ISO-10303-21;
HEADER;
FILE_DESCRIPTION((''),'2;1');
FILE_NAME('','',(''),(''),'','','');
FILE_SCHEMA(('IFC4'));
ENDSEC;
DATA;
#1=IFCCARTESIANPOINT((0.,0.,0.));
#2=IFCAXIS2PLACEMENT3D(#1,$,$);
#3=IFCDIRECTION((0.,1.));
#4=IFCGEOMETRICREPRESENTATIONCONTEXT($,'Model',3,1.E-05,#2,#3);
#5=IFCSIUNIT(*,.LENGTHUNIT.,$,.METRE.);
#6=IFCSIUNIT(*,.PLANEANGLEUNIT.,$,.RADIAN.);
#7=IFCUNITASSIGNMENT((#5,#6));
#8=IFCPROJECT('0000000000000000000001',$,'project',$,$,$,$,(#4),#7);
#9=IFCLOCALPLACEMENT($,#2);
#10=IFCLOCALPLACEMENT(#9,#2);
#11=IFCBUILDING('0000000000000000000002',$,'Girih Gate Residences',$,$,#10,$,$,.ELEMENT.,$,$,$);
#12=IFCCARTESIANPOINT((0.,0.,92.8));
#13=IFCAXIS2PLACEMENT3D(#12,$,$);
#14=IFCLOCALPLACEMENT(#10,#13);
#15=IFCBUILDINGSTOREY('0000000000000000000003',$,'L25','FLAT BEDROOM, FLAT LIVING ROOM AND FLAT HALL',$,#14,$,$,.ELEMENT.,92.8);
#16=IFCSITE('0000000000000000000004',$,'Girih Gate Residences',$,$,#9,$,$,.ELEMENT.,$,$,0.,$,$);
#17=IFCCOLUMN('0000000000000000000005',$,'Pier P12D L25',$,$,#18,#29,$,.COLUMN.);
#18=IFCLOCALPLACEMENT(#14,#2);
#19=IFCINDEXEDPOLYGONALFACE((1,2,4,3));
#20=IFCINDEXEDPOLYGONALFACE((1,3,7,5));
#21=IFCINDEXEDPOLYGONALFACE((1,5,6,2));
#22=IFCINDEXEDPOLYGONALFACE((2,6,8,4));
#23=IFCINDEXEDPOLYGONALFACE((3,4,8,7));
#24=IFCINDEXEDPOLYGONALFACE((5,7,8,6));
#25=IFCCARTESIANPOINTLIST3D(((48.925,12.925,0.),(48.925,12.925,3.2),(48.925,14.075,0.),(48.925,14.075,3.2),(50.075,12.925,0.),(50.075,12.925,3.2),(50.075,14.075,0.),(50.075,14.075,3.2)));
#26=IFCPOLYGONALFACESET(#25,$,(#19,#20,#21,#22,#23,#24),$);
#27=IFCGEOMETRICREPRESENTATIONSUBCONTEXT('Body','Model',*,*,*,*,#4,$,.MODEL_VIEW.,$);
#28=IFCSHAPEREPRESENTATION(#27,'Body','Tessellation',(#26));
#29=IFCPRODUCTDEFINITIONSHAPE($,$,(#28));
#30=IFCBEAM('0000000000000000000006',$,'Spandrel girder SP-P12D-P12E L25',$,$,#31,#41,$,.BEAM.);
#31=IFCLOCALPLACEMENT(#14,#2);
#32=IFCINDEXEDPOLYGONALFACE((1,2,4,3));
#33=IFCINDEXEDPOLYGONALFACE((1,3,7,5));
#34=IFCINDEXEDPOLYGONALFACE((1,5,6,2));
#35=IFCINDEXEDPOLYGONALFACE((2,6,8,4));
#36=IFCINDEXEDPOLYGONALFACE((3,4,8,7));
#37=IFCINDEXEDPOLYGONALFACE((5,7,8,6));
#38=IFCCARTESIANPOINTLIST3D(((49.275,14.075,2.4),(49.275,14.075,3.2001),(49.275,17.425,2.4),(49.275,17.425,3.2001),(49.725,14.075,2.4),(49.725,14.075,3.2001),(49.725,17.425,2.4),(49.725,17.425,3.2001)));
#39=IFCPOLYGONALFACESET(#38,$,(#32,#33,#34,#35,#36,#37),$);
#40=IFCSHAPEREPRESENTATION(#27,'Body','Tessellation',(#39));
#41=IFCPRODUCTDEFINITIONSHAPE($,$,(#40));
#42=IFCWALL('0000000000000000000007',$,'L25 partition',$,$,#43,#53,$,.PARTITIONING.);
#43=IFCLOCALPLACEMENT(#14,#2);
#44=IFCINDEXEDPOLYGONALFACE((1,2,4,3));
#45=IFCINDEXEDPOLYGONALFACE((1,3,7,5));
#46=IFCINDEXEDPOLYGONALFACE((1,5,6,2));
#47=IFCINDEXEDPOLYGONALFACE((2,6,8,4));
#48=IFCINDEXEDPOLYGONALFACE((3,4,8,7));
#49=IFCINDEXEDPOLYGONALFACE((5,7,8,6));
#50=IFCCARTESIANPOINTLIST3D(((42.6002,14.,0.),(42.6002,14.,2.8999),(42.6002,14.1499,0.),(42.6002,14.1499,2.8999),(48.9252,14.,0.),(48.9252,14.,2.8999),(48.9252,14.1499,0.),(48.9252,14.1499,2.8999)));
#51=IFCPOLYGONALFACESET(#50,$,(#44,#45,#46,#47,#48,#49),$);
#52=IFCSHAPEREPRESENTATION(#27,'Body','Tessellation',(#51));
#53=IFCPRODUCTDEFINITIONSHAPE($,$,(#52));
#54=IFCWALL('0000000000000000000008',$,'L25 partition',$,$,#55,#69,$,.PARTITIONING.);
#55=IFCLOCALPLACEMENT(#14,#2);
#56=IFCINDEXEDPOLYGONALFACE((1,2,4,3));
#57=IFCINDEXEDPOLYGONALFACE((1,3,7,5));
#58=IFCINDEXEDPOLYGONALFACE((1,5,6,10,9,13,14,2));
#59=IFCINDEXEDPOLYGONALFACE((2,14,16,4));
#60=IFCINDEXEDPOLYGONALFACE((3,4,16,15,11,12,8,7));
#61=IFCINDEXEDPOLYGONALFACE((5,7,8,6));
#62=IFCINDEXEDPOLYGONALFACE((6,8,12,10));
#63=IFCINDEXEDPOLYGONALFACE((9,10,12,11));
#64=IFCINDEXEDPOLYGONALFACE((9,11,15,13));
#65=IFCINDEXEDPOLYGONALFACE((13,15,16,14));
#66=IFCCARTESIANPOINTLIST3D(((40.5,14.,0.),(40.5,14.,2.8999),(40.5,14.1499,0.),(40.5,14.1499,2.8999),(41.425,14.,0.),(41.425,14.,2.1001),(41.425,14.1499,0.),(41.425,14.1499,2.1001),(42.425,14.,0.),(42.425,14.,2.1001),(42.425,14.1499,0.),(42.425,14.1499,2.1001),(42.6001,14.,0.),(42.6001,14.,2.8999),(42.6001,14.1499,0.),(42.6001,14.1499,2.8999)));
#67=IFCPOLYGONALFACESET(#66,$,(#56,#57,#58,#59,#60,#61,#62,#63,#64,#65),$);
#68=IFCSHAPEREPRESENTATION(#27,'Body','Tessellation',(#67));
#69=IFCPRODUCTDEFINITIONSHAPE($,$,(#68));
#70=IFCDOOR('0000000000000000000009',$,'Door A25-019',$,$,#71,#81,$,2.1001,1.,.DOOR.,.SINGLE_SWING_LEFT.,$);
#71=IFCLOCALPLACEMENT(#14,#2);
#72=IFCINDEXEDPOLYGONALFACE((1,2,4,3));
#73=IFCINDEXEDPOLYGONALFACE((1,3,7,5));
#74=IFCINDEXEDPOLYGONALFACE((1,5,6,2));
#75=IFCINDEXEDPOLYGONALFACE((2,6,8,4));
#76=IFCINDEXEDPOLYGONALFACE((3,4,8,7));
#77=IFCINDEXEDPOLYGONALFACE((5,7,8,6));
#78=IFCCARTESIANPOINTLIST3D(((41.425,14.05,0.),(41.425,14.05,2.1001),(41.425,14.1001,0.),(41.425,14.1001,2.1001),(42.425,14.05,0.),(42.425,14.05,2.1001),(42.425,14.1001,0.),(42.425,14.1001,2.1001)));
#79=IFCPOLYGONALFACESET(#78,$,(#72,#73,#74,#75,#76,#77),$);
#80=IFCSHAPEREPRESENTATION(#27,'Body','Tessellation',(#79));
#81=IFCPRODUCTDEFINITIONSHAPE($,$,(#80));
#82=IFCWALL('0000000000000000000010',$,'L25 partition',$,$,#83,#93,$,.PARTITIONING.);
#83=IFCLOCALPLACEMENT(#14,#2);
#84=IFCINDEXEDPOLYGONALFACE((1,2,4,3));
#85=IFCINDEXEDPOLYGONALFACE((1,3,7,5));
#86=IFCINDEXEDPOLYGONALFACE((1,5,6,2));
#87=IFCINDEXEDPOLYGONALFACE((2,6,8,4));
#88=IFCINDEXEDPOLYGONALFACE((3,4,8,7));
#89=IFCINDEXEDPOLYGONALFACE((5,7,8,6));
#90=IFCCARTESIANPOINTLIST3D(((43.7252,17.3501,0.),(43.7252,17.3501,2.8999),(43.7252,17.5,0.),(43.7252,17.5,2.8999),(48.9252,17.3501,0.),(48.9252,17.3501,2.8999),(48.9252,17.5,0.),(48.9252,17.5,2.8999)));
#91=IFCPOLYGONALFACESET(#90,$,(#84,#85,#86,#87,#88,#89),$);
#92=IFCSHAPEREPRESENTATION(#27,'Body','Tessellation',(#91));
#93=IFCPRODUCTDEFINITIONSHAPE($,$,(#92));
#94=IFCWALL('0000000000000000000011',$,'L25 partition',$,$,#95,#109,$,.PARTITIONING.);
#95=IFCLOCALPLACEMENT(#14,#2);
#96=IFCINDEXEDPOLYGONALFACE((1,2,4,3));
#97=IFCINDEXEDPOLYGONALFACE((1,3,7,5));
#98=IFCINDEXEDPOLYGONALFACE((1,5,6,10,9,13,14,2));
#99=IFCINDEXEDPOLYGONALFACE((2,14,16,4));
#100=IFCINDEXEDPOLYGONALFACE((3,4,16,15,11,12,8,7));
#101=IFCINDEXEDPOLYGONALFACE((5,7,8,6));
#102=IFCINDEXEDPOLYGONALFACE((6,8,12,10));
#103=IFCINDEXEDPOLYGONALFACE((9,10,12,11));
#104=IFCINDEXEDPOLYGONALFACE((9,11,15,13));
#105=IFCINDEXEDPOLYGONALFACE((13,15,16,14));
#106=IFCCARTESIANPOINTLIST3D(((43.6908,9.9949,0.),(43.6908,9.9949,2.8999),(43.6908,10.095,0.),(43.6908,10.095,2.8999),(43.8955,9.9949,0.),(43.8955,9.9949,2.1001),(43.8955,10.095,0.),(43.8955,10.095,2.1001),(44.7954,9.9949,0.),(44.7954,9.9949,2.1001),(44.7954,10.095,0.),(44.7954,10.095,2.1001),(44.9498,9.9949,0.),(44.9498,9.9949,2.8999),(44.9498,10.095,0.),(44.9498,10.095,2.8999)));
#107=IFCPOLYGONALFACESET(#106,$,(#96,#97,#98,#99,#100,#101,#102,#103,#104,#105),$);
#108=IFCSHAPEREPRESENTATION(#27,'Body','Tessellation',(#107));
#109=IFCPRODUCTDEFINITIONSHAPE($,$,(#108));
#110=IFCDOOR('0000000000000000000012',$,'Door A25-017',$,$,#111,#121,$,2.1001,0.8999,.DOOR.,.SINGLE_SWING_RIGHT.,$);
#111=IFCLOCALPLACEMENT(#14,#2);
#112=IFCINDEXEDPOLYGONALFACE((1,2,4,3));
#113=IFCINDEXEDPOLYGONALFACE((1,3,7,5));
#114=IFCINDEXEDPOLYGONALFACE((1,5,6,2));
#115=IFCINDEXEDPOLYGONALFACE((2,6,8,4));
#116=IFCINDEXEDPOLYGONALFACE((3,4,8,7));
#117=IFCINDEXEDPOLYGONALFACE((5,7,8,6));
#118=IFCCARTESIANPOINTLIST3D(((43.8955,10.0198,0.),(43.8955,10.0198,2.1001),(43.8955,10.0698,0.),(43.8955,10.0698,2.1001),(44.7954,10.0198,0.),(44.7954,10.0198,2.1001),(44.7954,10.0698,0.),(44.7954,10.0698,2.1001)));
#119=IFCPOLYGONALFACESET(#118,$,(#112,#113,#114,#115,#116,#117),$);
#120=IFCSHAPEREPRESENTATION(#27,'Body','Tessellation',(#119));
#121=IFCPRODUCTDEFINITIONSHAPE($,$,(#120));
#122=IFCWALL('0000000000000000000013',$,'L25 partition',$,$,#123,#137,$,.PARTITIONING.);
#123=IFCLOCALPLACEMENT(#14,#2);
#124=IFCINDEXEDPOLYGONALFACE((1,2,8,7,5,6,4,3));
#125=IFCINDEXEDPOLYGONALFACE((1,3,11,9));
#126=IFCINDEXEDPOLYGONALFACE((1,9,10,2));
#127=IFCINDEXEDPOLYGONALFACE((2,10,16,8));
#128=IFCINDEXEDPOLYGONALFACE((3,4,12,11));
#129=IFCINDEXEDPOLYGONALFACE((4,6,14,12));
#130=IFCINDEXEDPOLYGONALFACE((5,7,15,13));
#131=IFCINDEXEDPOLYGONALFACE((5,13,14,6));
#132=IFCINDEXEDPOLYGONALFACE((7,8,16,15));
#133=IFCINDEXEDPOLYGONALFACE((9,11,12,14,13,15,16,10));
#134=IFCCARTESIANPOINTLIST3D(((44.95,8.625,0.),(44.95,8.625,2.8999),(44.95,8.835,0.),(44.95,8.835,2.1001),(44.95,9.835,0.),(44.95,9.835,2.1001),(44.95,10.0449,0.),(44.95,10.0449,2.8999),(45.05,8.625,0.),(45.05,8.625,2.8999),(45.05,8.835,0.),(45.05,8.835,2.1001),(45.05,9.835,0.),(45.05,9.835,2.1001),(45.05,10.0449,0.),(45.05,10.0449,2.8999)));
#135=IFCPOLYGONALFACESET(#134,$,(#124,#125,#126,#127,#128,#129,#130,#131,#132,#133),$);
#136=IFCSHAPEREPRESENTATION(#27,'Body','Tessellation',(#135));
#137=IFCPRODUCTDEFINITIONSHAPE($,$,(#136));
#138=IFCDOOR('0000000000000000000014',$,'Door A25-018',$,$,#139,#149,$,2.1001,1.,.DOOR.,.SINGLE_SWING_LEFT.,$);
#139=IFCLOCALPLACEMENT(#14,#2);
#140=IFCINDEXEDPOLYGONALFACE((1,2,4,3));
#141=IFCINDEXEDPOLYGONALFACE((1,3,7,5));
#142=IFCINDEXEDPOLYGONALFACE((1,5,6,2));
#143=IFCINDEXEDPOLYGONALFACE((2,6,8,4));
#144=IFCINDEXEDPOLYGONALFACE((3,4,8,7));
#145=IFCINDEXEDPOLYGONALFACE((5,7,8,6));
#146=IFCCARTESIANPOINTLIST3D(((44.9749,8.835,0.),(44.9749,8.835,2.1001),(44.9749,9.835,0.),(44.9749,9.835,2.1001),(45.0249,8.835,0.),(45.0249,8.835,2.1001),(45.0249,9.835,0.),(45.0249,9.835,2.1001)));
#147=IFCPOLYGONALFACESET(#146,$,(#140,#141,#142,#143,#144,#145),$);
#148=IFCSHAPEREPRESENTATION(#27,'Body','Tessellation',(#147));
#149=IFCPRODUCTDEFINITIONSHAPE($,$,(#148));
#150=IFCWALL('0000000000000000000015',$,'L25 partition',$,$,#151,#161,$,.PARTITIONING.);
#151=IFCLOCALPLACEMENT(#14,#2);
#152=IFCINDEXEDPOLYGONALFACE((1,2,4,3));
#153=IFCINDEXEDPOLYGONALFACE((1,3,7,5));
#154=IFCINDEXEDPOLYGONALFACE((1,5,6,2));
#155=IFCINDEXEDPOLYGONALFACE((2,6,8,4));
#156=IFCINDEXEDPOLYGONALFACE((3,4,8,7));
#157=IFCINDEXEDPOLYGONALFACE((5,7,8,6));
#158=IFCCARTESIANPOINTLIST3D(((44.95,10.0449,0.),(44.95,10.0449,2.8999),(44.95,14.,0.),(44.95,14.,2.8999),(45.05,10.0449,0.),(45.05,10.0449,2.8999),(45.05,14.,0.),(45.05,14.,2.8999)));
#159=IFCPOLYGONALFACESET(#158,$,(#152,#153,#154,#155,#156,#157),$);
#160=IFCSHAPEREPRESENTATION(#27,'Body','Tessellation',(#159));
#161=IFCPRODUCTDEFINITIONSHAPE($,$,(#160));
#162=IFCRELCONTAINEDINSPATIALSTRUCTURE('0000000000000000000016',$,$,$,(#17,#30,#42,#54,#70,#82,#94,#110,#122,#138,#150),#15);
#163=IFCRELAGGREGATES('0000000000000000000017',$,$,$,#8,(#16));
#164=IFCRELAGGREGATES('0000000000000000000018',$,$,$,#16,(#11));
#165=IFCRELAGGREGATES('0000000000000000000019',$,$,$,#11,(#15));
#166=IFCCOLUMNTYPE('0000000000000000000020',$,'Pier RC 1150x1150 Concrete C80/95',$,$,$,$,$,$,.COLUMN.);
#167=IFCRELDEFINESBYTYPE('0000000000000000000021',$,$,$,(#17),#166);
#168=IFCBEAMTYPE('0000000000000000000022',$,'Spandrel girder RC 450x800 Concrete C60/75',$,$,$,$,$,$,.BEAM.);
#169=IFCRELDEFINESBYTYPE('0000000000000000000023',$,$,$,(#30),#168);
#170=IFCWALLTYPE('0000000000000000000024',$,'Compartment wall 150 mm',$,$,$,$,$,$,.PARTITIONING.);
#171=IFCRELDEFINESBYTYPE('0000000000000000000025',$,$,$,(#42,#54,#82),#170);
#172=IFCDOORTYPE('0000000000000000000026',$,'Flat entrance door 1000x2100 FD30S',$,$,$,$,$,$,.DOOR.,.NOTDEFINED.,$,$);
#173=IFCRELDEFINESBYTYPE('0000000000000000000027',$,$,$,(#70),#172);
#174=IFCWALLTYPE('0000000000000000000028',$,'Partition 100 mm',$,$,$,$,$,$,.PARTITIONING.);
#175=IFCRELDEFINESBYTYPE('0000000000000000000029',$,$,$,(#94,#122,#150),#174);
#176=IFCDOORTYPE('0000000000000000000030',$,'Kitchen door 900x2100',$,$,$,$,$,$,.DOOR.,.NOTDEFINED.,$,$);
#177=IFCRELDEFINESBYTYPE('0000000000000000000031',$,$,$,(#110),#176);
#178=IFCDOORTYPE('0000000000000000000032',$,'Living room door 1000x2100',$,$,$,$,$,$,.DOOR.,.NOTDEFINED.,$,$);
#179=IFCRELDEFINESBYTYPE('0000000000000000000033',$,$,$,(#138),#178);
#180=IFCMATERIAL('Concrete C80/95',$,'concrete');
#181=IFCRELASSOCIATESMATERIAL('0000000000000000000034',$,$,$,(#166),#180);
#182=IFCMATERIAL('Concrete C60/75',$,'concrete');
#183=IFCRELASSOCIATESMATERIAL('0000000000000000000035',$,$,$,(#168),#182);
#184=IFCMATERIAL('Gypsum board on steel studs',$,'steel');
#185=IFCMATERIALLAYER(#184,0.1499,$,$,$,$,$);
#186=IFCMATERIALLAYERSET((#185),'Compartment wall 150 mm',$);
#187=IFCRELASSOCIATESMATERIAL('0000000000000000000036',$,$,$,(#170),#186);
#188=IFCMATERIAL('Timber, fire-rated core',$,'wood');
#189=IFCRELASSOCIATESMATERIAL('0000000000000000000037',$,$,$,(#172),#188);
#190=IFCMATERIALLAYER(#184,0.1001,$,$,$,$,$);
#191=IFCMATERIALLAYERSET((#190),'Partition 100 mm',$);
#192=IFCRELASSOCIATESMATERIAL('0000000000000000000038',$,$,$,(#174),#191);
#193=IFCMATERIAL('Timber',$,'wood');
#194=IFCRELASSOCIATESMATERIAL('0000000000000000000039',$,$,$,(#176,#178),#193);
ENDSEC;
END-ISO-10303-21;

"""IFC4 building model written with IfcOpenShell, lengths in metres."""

from ifc_helpers import new_model, si_unit, direction, frame, frame_2d, origin, origin_2d, place, context, subcontext, project, spatial, rectangle, extrude, material, layer, layer_set, material_profile, profile_set, type_object, element, fill, save


model = new_model("IFC4")

# Units and contexts
model_context = context("Model", 3, precision=1e-05, world=origin(), true_north=direction((0.0, 1.0)))
body_context = subcontext(model_context, "Body", "Model", "MODEL_VIEW")
ifc_project = project(units=[si_unit("LENGTHUNIT", "METRE"), si_unit("PLANEANGLEUNIT", "RADIAN")], contexts=[model_context])

# Site, building, storey
site_placement = place(None, origin())
site = spatial("IfcSite", under=ifc_project, at=site_placement, Name="Girih Gate Residences", CompositionType="ELEMENT", RefElevation=0.0)
building_placement = place(site_placement, origin())
building = spatial("IfcBuilding", under=site, at=building_placement, Name="Girih Gate Residences", CompositionType="ELEMENT")
storey_placement = place(building_placement, frame((0.0, 0.0, 92.8)))
storey = spatial("IfcBuildingStorey", under=building, at=storey_placement, Name="L25", Description="FLAT BEDROOM, FLAT LIVING ROOM AND FLAT HALL", CompositionType="ELEMENT", Elevation=92.8)

# Column
ifc_material_1 = material(Name="Concrete C80/95", Category="concrete")
ifc_material_profile_1 = material_profile(ifc_material_1, rectangle(XDim=1.1499, YDim=1.1499, at=origin_2d()))
ifc_profile_set_1 = profile_set([ifc_material_profile_1], Name="Concrete C80/95")
column_type = type_object("IfcColumnType", Name="Pier RC 1150x1150 Concrete C80/95", PredefinedType="COLUMN", material=ifc_profile_set_1)
column_placement = place(storey_placement, frame((49.5, 13.5, 0.0), z_axis=(0.0, 0.0, 1.0), x_axis=(1.0, 0.0, 0.0)))
element("IfcColumn", 1, at=column_placement, inside=storey, type_object=column_type, Name="Pier P12D L25", PredefinedType="COLUMN", context=body_context, shape_type="SweptSolid", body=[
    extrude(rectangle(XDim=1.1499, YDim=1.1499, at=origin_2d()), origin(), (0.0, 0.0, 1.0), 3.2),
])

# Beam
ifc_material_2 = material(Name="Concrete C60/75", Category="concrete")
ifc_material_profile_2 = material_profile(ifc_material_2, rectangle(XDim=0.45, YDim=0.8, at=origin_2d()))
ifc_profile_set_2 = profile_set([ifc_material_profile_2], Name="Concrete C60/75")
beam_type = type_object("IfcBeamType", Name="Spandrel girder RC 450x800 Concrete C60/75", PredefinedType="BEAM", material=ifc_profile_set_2)
beam_placement = place(storey_placement, frame((49.5, 14.075, 2.8), z_axis=(0.0, 1.0, 0.0), x_axis=(-1.0, 0.0, 0.0)))
element("IfcBeam", 2, at=beam_placement, inside=storey, type_object=beam_type, Name="Spandrel girder SP-P12D-P12E L25", PredefinedType="BEAM", context=body_context, shape_type="SweptSolid", body=[
    extrude(rectangle(XDim=0.45, YDim=0.8, at=origin_2d()), origin(), (0.0, 0.0, 1.0), 3.3501),
])

# Wall
ifc_material_3 = material(Name="Gypsum board on steel studs", Category="steel")
ifc_layer_1 = layer(ifc_material_3, 0.1499)
ifc_layer_set_1 = layer_set([ifc_layer_1], Name="Compartment wall 150 mm")
wall_type_1 = type_object("IfcWallType", Name="Compartment wall 150 mm", PredefinedType="PARTITIONING", material=ifc_layer_set_1)
wall_1_placement = place(storey_placement, frame((42.6001, 14.075, 0.0), z_axis=(0.0, 0.0, 1.0), x_axis=(1.0, 0.0, 0.0)))
element("IfcWall", 3, at=wall_1_placement, inside=storey, type_object=wall_type_1, Name="L25 partition", PredefinedType="PARTITIONING", context=body_context, shape_type="SweptSolid", body=[
    extrude(rectangle(XDim=6.325, YDim=0.1499, at=frame_2d((3.1626, 0.0))), origin(), (0.0, 0.0, 1.0), 2.8999),
])

# Wall, opening, door
wall_2_placement = place(storey_placement, frame((42.6001, 14.075, 0.0), z_axis=(0.0, 0.0, 1.0), x_axis=(-1.0, 0.0, 0.0)))
wall_2 = element("IfcWall", 4, at=wall_2_placement, inside=storey, type_object=wall_type_1, Name="L25 partition", PredefinedType="PARTITIONING", context=body_context, shape_type="SweptSolid", body=[
    extrude(rectangle(XDim=2.1001, YDim=0.1499, at=frame_2d((1.05, 0.0))), origin(), (0.0, 0.0, 1.0), 2.8999),
])
opening_1_placement = place(wall_2_placement, frame((0.175, 0.0, 0.0)))
opening_1 = element("IfcOpeningElement", 5, at=opening_1_placement, cuts=wall_2, PredefinedType="OPENING", context=body_context, shape_type="SweptSolid", body=[
    extrude(rectangle(XDim=1.0, YDim=2.1001, at=frame_2d((0.5, 1.05))), frame((0.0, 0.085, 0.0), z_axis=(0.0, -1.0, 0.0), x_axis=(1.0, 0.0, 0.0)), (0.0, 0.0, 1.0), 0.1699),
])
ifc_material_4 = material(Name="Timber, fire-rated core", Category="wood")
door_type_1 = type_object("IfcDoorType", Name="Flat entrance door 1000x2100 FD30S", OperationType="NOTDEFINED", PredefinedType="DOOR", material=ifc_material_4)
door_1_placement = place(opening_1_placement, origin())
door_1 = element("IfcDoor", 6, at=door_1_placement, inside=storey, type_object=door_type_1, Name="Door A25-019", OperationType="SINGLE_SWING_LEFT", OverallHeight=2.1001, OverallWidth=1.0, PredefinedType="DOOR", context=body_context, shape_type="SweptSolid", body=[
    extrude(rectangle(XDim=1.0, YDim=2.1001, at=frame_2d((0.5, 1.05))), frame((0.0, 0.0249, 0.0), z_axis=(0.0, -1.0, 0.0), x_axis=(1.0, 0.0, 0.0)), (0.0, 0.0, 1.0), 0.05),
])
fill(opening_1, door_1)

# Wall
wall_3_placement = place(storey_placement, frame((43.7251, 17.425, 0.0), z_axis=(0.0, 0.0, 1.0), x_axis=(1.0, 0.0, 0.0)))
element("IfcWall", 7, at=wall_3_placement, inside=storey, type_object=wall_type_1, Name="L25 partition", PredefinedType="PARTITIONING", context=body_context, shape_type="SweptSolid", body=[
    extrude(rectangle(XDim=5.2, YDim=0.1499, at=frame_2d((2.6001, 0.0))), origin(), (0.0, 0.0, 1.0), 2.8999),
])

# Walls, openings, doors
ifc_layer_2 = layer(ifc_material_3, 0.1001)
ifc_layer_set_2 = layer_set([ifc_layer_2], Name="Partition 100 mm")
wall_type_2 = type_object("IfcWallType", Name="Partition 100 mm", PredefinedType="PARTITIONING", material=ifc_layer_set_2)
wall_4_placement = place(storey_placement, frame((43.6909, 10.0449, 0.0), z_axis=(0.0, 0.0, 1.0), x_axis=(1.0, 0.0, 0.0)))
wall_4 = element("IfcWall", 8, at=wall_4_placement, inside=storey, type_object=wall_type_2, Name="L25 partition", PredefinedType="PARTITIONING", context=body_context, shape_type="SweptSolid", body=[
    extrude(rectangle(XDim=1.259, YDim=0.1001, at=frame_2d((0.6294, 0.0))), origin(), (0.0, 0.0, 1.0), 2.8999),
])
opening_2_placement = place(wall_4_placement, frame((0.2046, 0.0, 0.0)))
opening_2 = element("IfcOpeningElement", 9, at=opening_2_placement, cuts=wall_4, PredefinedType="OPENING", context=body_context, shape_type="SweptSolid", body=[
    extrude(rectangle(XDim=0.8999, YDim=2.1001, at=frame_2d((0.45, 1.05))), frame((0.0, 0.0601, 0.0), z_axis=(0.0, -1.0, 0.0), x_axis=(1.0, 0.0, 0.0)), (0.0, 0.0, 1.0), 0.1201),
])
ifc_material_5 = material(Name="Timber", Category="wood")
door_type_2 = type_object("IfcDoorType", Name="Kitchen door 900x2100", OperationType="NOTDEFINED", PredefinedType="DOOR", material=ifc_material_5)
door_2_placement = place(opening_2_placement, origin())
door_2 = element("IfcDoor", 10, at=door_2_placement, inside=storey, type_object=door_type_2, Name="Door A25-017", OperationType="SINGLE_SWING_RIGHT", OverallHeight=2.1001, OverallWidth=0.8999, PredefinedType="DOOR", context=body_context, shape_type="SweptSolid", body=[
    extrude(rectangle(XDim=0.8999, YDim=2.1001, at=frame_2d((0.45, 1.05))), frame((0.0, 0.0249, 0.0), z_axis=(0.0, -1.0, 0.0), x_axis=(1.0, 0.0, 0.0)), (0.0, 0.0, 1.0), 0.05),
])
fill(opening_2, door_2)
wall_5_placement = place(storey_placement, frame((45.0, 10.0449, 0.0), z_axis=(0.0, 0.0, 1.0), x_axis=(0.0, -1.0, 0.0)))
wall_5 = element("IfcWall", 11, at=wall_5_placement, inside=storey, type_object=wall_type_2, Name="L25 partition", PredefinedType="PARTITIONING", context=body_context, shape_type="SweptSolid", body=[
    extrude(rectangle(XDim=1.4199, YDim=0.1001, at=frame_2d((0.71, 0.0))), origin(), (0.0, 0.0, 1.0), 2.8999),
])
opening_3_placement = place(wall_5_placement, frame((0.21, 0.0, 0.0)))
opening_3 = element("IfcOpeningElement", 12, at=opening_3_placement, cuts=wall_5, PredefinedType="OPENING", context=body_context, shape_type="SweptSolid", body=[
    extrude(rectangle(XDim=1.0, YDim=2.1001, at=frame_2d((0.5, 1.05))), frame((0.0, 0.0601, 0.0), z_axis=(0.0, -1.0, 0.0), x_axis=(1.0, 0.0, 0.0)), (0.0, 0.0, 1.0), 0.1201),
])
door_type_3 = type_object("IfcDoorType", Name="Living room door 1000x2100", OperationType="NOTDEFINED", PredefinedType="DOOR", material=ifc_material_5)
door_3_placement = place(opening_3_placement, origin())
door_3 = element("IfcDoor", 13, at=door_3_placement, inside=storey, type_object=door_type_3, Name="Door A25-018", OperationType="SINGLE_SWING_LEFT", OverallHeight=2.1001, OverallWidth=1.0, PredefinedType="DOOR", context=body_context, shape_type="SweptSolid", body=[
    extrude(rectangle(XDim=1.0, YDim=2.1001, at=frame_2d((0.5, 1.05))), frame((0.0, 0.0249, 0.0), z_axis=(0.0, -1.0, 0.0), x_axis=(1.0, 0.0, 0.0)), (0.0, 0.0, 1.0), 0.05),
])
fill(opening_3, door_3)

# Wall
wall_6_placement = place(storey_placement, frame((45.0, 10.0449, 0.0), z_axis=(0.0, 0.0, 1.0), x_axis=(0.0, 1.0, 0.0)))
element("IfcWall", 14, at=wall_6_placement, inside=storey, type_object=wall_type_2, Name="L25 partition", PredefinedType="PARTITIONING", context=body_context, shape_type="SweptSolid", body=[
    extrude(rectangle(XDim=3.9551, YDim=0.1001, at=frame_2d((1.9775, 0.0))), origin(), (0.0, 0.0, 1.0), 2.8999),
])

save(model, "model.ifc")
